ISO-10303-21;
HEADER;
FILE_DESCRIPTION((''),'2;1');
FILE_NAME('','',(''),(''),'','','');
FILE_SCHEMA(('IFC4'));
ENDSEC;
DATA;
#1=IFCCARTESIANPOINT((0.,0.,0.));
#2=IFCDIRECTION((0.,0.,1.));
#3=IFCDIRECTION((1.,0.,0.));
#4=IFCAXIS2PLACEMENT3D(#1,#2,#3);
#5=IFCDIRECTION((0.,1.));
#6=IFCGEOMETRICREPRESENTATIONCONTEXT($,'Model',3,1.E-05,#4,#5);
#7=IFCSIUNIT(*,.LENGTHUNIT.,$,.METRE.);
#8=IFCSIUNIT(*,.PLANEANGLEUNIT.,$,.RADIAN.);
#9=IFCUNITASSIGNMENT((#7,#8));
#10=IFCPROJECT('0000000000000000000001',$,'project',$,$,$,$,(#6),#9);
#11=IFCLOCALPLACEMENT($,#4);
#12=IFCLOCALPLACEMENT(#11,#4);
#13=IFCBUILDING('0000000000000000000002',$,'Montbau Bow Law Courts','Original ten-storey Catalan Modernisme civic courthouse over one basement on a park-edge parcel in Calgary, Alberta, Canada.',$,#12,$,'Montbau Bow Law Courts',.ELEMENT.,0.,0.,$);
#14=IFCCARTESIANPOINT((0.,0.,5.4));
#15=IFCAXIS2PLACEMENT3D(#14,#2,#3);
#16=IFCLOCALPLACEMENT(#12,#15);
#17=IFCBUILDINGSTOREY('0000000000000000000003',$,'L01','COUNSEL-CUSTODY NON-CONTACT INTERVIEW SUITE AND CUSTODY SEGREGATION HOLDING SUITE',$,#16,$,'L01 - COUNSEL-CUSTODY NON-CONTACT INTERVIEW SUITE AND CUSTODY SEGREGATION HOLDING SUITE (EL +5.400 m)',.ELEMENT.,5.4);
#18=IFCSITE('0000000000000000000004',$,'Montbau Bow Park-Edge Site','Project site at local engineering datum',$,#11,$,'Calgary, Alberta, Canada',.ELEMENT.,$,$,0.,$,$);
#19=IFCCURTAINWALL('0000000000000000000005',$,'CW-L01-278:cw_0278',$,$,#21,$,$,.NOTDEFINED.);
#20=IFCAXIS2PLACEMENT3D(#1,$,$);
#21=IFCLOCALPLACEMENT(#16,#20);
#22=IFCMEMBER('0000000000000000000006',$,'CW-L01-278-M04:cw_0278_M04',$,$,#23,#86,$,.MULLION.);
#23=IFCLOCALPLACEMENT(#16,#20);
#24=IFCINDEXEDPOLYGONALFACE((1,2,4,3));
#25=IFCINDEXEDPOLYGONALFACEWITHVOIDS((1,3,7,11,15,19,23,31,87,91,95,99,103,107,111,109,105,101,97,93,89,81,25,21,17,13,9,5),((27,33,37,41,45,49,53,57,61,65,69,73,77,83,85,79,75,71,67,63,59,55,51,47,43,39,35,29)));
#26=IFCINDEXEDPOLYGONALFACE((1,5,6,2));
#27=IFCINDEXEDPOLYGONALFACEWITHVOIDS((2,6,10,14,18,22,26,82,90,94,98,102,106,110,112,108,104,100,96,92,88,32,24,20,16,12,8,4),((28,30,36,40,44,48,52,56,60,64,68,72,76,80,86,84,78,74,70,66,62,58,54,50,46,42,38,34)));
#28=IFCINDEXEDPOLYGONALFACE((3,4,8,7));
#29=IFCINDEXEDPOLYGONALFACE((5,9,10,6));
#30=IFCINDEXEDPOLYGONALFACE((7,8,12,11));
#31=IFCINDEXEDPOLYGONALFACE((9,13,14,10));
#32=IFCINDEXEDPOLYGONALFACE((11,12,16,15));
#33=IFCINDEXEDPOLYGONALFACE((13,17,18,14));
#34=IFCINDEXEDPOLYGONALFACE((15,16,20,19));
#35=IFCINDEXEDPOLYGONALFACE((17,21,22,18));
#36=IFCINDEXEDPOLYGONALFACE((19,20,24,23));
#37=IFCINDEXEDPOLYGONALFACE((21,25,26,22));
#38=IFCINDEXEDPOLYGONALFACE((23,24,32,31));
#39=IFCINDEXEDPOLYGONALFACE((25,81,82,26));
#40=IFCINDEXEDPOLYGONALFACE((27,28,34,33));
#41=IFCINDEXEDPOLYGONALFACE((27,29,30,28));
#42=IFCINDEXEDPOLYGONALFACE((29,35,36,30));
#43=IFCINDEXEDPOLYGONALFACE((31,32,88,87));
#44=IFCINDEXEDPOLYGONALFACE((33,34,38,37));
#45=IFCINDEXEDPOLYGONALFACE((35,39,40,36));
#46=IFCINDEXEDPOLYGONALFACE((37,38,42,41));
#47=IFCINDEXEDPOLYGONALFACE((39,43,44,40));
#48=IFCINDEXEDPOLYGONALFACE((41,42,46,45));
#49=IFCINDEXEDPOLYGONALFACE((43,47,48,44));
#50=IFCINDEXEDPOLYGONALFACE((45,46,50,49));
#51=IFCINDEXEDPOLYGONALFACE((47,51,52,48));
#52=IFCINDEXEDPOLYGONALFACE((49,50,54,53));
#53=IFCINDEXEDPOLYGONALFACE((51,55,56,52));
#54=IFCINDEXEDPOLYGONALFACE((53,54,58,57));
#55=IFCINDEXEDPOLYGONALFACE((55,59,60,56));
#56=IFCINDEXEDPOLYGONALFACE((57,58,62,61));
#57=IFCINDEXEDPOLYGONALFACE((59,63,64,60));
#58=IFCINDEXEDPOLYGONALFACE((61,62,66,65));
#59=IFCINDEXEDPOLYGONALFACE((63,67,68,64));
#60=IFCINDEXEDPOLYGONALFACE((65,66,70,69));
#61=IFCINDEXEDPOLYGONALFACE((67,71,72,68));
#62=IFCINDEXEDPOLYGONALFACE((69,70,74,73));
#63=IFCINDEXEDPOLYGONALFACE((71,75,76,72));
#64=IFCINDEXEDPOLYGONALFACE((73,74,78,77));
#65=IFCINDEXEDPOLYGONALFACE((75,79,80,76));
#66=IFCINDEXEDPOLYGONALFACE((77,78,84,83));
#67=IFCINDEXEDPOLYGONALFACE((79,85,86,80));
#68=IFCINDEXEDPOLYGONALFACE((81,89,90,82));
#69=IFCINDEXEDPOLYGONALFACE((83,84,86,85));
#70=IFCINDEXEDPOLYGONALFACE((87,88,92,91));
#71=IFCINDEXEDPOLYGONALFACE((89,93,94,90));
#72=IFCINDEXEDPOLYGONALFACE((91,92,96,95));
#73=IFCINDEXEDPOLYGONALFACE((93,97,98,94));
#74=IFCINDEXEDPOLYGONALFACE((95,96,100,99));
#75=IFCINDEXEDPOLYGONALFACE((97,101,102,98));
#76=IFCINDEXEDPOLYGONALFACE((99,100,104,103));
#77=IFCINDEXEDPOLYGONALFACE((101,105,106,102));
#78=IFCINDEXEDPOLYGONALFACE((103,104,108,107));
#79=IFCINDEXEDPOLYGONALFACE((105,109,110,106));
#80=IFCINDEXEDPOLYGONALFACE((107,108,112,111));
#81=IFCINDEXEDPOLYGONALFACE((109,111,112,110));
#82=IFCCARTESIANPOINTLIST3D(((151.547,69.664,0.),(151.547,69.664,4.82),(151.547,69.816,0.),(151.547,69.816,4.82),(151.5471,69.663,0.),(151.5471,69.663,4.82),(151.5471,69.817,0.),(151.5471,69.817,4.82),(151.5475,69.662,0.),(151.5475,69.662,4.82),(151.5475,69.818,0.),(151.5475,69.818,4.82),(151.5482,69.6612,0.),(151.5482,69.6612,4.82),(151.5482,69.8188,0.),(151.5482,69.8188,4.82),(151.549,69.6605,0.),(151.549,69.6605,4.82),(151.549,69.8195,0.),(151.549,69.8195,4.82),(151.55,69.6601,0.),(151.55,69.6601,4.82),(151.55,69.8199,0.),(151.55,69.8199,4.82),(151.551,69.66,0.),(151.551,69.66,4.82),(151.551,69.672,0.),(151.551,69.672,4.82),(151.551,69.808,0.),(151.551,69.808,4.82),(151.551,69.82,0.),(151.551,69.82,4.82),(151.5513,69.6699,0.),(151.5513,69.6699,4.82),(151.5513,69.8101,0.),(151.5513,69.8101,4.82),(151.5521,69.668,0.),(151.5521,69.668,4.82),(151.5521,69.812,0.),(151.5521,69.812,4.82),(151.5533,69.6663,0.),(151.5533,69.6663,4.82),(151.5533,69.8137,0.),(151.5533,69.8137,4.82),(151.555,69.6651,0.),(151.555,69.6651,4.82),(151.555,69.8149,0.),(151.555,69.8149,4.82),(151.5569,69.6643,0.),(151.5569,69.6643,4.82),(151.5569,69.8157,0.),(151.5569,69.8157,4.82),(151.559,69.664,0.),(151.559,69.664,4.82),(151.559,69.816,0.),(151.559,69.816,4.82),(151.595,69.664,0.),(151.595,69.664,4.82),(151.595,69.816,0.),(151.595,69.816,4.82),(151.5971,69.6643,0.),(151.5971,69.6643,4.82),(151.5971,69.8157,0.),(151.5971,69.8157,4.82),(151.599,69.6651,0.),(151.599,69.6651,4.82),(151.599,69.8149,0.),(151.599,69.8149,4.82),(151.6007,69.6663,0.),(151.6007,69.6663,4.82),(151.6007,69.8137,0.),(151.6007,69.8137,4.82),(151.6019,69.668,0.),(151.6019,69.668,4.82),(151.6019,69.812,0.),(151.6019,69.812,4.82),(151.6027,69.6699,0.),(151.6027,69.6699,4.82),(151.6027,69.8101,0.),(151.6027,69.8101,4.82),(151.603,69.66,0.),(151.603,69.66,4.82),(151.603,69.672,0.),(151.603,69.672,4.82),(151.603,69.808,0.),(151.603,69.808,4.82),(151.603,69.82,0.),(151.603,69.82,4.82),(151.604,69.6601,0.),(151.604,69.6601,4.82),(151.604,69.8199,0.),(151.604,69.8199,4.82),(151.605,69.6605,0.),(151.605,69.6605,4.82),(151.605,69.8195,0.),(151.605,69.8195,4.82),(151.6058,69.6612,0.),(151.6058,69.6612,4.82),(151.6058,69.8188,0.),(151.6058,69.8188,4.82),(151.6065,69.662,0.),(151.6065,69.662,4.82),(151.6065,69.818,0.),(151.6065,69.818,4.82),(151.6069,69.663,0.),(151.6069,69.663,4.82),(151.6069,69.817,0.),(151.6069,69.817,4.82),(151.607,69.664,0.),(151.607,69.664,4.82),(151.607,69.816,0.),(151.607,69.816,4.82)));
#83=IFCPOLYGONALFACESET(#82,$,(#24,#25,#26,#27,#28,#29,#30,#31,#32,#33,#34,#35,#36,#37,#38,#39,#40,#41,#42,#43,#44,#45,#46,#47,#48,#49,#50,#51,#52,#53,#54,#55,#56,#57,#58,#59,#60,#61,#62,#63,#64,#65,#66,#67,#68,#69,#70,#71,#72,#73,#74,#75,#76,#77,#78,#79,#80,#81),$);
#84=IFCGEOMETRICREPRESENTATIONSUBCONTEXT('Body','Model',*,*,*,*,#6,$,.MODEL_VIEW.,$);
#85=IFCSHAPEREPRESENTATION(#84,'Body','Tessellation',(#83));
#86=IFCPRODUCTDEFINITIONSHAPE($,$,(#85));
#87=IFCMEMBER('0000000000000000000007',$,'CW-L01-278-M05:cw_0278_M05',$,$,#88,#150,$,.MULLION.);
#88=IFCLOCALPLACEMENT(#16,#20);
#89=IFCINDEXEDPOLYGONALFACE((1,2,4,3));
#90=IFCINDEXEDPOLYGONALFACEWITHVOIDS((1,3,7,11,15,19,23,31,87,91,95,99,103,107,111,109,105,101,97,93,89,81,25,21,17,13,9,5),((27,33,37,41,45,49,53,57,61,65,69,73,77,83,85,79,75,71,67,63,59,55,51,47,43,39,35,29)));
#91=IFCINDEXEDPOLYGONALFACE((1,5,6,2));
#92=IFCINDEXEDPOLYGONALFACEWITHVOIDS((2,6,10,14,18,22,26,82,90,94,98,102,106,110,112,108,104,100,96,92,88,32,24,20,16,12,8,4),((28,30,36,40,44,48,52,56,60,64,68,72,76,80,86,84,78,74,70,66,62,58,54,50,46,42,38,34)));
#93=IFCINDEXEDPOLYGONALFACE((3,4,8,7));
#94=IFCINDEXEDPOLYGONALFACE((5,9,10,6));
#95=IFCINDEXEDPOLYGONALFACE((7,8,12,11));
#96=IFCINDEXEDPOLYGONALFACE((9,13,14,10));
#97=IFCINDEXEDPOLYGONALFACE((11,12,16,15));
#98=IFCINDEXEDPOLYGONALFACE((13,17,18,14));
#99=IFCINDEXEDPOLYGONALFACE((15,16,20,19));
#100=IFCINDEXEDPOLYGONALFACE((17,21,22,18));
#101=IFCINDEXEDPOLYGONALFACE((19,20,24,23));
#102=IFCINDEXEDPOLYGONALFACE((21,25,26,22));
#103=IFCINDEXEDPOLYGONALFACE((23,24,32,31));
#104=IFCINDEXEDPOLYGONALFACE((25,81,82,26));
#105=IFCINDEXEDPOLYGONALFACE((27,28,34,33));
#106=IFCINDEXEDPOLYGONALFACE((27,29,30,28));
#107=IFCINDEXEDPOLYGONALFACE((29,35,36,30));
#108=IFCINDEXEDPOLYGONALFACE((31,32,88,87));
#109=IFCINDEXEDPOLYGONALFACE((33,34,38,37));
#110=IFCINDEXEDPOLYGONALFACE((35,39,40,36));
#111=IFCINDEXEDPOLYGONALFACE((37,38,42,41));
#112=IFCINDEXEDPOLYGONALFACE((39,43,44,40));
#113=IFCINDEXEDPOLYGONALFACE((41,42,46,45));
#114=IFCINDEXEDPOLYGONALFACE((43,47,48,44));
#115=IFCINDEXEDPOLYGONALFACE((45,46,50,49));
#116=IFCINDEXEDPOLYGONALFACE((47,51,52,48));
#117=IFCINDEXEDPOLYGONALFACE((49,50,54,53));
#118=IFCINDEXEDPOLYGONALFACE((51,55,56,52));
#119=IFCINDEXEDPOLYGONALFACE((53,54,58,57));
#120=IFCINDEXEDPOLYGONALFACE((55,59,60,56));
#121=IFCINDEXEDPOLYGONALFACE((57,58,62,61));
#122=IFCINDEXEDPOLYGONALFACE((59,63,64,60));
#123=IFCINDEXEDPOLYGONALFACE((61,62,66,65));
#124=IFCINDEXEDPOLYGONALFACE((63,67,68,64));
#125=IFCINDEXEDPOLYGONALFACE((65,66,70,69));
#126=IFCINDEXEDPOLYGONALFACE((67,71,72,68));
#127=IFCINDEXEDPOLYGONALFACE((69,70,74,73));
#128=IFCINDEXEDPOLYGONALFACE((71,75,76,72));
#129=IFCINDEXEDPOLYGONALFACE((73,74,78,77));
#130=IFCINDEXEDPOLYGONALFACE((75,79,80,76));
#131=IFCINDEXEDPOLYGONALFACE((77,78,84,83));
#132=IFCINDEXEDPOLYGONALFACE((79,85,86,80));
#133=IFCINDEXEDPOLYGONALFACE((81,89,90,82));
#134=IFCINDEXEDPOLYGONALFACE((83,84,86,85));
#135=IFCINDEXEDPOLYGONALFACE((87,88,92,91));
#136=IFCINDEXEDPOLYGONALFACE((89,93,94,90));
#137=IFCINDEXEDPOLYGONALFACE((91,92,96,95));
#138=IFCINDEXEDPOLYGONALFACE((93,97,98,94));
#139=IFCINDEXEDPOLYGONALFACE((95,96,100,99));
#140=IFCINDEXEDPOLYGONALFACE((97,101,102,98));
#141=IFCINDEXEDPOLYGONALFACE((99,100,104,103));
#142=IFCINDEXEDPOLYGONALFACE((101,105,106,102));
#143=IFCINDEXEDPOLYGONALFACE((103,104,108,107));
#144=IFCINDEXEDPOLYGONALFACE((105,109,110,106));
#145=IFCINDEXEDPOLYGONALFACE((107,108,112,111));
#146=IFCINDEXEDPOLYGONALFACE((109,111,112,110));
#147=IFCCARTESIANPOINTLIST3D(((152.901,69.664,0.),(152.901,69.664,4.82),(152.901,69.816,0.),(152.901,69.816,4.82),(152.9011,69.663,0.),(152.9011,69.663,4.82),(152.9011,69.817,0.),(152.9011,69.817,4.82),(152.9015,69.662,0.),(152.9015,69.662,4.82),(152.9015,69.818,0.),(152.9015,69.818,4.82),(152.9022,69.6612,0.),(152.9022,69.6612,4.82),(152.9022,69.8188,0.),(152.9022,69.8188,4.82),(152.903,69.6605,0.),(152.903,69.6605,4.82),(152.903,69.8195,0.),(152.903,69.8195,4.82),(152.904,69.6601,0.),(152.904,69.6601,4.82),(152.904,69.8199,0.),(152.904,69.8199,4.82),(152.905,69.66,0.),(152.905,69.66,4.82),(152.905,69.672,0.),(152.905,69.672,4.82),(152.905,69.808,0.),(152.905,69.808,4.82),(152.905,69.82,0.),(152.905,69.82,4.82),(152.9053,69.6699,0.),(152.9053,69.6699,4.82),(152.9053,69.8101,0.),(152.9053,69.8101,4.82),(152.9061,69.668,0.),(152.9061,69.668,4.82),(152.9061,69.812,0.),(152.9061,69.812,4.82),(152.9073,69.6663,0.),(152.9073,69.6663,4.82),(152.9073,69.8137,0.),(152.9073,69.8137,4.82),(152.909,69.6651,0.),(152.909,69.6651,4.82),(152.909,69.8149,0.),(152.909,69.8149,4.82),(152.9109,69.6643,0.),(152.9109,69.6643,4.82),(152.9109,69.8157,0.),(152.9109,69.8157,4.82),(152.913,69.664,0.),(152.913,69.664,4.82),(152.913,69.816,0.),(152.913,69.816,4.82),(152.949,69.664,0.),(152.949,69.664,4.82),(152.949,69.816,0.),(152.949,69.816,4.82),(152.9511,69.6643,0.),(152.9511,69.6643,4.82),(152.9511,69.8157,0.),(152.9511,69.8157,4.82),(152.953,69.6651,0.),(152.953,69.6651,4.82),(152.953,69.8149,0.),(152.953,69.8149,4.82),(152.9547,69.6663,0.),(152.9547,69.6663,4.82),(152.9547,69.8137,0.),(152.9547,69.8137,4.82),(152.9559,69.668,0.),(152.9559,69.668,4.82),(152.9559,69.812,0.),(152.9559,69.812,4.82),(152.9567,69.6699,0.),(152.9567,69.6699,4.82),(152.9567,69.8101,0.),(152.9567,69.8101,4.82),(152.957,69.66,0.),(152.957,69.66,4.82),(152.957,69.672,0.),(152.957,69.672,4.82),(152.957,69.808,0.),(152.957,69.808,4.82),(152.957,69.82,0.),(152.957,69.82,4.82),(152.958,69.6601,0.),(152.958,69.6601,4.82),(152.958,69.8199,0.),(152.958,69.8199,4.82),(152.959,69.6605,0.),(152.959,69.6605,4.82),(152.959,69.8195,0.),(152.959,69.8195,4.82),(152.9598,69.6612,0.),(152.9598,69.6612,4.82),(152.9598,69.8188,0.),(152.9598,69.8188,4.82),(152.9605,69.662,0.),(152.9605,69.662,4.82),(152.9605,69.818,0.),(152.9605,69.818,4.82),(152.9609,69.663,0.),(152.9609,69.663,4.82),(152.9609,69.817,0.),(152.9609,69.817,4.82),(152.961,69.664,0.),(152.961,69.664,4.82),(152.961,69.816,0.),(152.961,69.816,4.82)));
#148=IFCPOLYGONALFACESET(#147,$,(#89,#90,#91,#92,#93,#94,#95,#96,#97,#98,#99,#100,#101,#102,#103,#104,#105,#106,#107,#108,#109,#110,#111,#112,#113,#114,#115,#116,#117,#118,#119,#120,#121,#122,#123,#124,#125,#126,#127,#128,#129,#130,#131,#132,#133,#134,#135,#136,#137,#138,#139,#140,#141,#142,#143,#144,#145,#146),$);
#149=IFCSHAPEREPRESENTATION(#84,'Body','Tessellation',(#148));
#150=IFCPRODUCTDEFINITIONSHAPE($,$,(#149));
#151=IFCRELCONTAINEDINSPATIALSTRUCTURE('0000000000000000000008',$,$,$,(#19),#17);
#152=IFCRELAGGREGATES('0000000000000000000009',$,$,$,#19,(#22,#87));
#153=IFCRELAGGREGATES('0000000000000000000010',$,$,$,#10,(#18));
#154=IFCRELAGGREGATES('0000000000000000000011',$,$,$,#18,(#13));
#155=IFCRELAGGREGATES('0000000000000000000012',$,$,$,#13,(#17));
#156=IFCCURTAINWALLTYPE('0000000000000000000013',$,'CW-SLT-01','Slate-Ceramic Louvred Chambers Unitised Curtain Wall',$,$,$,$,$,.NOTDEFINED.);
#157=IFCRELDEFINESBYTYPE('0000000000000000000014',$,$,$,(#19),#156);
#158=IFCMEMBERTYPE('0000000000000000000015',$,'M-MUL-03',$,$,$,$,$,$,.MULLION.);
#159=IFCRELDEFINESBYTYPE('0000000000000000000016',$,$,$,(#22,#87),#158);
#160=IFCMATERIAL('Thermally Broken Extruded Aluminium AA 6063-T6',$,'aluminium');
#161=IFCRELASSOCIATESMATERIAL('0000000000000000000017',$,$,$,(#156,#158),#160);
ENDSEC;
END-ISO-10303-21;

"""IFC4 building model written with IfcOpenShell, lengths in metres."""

from ifc_helpers import new_model, si_unit, direction, frame, origin_with_axes, origin_2d_with_axis, place, context, subcontext, project, spatial, hollow_rectangle, extrude, material, material_profile, profile_set, type_object, element, aggregate, save


model = new_model("IFC4")

# Units and contexts
model_context = context("Model", 3, precision=1e-05, world=origin_with_axes(), true_north=direction((0.0, 1.0)))
body_context = subcontext(model_context, "Body", "Model", "MODEL_VIEW")
ifc_project = project(units=[si_unit("LENGTHUNIT", "METRE"), si_unit("PLANEANGLEUNIT", "RADIAN")], contexts=[model_context])

# Site, building, storey
site_placement = place(None, origin_with_axes())
site = spatial("IfcSite", under=ifc_project, at=site_placement, Name="Montbau Bow Park-Edge Site", Description="Project site at local engineering datum", LongName="Calgary, Alberta, Canada", CompositionType="ELEMENT", RefElevation=0.0)
building_placement = place(site_placement, origin_with_axes())
building = spatial("IfcBuilding", under=site, at=building_placement, Name="Montbau Bow Law Courts", Description="Original ten-storey Catalan Modernisme civic courthouse over one basement on a park-edge parcel in Calgary, Alberta, Canada.", LongName="Montbau Bow Law Courts", CompositionType="ELEMENT", ElevationOfRefHeight=0.0, ElevationOfTerrain=0.0)
storey_placement = place(building_placement, frame((0.0, 0.0, 5.4), z_axis=(0.0, 0.0, 1.0), x_axis=(1.0, 0.0, 0.0)))
storey = spatial("IfcBuildingStorey", under=building, at=storey_placement, Name="L01", Description="COUNSEL-CUSTODY NON-CONTACT INTERVIEW SUITE AND CUSTODY SEGREGATION HOLDING SUITE", LongName="L01 - COUNSEL-CUSTODY NON-CONTACT INTERVIEW SUITE AND CUSTODY SEGREGATION HOLDING SUITE (EL +5.400 m)", CompositionType="ELEMENT", Elevation=5.4)

# Curtain wall, members
ifc_material_1 = material(Name="Thermally Broken Extruded Aluminium AA 6063-T6", Category="aluminium")
curtain_wall_type = type_object("IfcCurtainWallType", Name="CW-SLT-01", Description="Slate-Ceramic Louvred Chambers Unitised Curtain Wall", PredefinedType="NOTDEFINED", material=ifc_material_1)
curtain_wall_placement = place(None, frame((147.515, 69.74, 5.4), z_axis=(0.0, 0.0, 1.0), x_axis=(1.0, 0.0, 0.0)))
curtain_wall = element("IfcCurtainWall", 1, at=curtain_wall_placement, inside=storey, type_object=curtain_wall_type, Name="CW-L01-278:cw_0278", PredefinedType="NOTDEFINED")
ifc_material_profile_1 = material_profile(ifc_material_1, hollow_rectangle(XDim=0.06, YDim=0.16, WallThickness=0.004, InnerFilletRadius=0.008, OuterFilletRadius=0.004, at=origin_2d_with_axis()), Name="CWM-160X60", Category="Main", Priority=0)
ifc_profile_set_1 = profile_set([ifc_material_profile_1], Name="Thermally Broken Extruded Aluminium AA 6063-T6")
member_type_1 = type_object("IfcMemberType", Name="M-MUL-03", PredefinedType="MULLION", material=ifc_profile_set_1)
member_1_placement = place(None, frame((151.577, 69.74, 5.4), z_axis=(0.0, 0.0, 1.0), x_axis=(1.0, 0.0, 0.0)))
member_1 = element("IfcMember", 2, at=member_1_placement, type_object=member_type_1, Name="CW-L01-278-M04:cw_0278_M04", PredefinedType="MULLION", context=body_context, shape_type="SweptSolid", body=[
    extrude(hollow_rectangle(XDim=0.06, YDim=0.16, WallThickness=0.004, InnerFilletRadius=0.008, OuterFilletRadius=0.004, at=origin_2d_with_axis()), origin_with_axes(), (0.0, 0.0, 1.0), 4.82),
])
member_2_placement = place(None, frame((152.931, 69.74, 5.4), z_axis=(0.0, 0.0, 1.0), x_axis=(1.0, 0.0, 0.0)))
member_2 = element("IfcMember", 3, at=member_2_placement, type_object=member_type_1, Name="CW-L01-278-M05:cw_0278_M05", PredefinedType="MULLION", context=body_context, shape_type="SweptSolid", body=[
    extrude(hollow_rectangle(XDim=0.06, YDim=0.16, WallThickness=0.004, InnerFilletRadius=0.008, OuterFilletRadius=0.004, at=origin_2d_with_axis()), origin_with_axes(), (0.0, 0.0, 1.0), 4.82),
])
aggregate(curtain_wall, [member_1, member_2])

save(model, "model.ifc")
